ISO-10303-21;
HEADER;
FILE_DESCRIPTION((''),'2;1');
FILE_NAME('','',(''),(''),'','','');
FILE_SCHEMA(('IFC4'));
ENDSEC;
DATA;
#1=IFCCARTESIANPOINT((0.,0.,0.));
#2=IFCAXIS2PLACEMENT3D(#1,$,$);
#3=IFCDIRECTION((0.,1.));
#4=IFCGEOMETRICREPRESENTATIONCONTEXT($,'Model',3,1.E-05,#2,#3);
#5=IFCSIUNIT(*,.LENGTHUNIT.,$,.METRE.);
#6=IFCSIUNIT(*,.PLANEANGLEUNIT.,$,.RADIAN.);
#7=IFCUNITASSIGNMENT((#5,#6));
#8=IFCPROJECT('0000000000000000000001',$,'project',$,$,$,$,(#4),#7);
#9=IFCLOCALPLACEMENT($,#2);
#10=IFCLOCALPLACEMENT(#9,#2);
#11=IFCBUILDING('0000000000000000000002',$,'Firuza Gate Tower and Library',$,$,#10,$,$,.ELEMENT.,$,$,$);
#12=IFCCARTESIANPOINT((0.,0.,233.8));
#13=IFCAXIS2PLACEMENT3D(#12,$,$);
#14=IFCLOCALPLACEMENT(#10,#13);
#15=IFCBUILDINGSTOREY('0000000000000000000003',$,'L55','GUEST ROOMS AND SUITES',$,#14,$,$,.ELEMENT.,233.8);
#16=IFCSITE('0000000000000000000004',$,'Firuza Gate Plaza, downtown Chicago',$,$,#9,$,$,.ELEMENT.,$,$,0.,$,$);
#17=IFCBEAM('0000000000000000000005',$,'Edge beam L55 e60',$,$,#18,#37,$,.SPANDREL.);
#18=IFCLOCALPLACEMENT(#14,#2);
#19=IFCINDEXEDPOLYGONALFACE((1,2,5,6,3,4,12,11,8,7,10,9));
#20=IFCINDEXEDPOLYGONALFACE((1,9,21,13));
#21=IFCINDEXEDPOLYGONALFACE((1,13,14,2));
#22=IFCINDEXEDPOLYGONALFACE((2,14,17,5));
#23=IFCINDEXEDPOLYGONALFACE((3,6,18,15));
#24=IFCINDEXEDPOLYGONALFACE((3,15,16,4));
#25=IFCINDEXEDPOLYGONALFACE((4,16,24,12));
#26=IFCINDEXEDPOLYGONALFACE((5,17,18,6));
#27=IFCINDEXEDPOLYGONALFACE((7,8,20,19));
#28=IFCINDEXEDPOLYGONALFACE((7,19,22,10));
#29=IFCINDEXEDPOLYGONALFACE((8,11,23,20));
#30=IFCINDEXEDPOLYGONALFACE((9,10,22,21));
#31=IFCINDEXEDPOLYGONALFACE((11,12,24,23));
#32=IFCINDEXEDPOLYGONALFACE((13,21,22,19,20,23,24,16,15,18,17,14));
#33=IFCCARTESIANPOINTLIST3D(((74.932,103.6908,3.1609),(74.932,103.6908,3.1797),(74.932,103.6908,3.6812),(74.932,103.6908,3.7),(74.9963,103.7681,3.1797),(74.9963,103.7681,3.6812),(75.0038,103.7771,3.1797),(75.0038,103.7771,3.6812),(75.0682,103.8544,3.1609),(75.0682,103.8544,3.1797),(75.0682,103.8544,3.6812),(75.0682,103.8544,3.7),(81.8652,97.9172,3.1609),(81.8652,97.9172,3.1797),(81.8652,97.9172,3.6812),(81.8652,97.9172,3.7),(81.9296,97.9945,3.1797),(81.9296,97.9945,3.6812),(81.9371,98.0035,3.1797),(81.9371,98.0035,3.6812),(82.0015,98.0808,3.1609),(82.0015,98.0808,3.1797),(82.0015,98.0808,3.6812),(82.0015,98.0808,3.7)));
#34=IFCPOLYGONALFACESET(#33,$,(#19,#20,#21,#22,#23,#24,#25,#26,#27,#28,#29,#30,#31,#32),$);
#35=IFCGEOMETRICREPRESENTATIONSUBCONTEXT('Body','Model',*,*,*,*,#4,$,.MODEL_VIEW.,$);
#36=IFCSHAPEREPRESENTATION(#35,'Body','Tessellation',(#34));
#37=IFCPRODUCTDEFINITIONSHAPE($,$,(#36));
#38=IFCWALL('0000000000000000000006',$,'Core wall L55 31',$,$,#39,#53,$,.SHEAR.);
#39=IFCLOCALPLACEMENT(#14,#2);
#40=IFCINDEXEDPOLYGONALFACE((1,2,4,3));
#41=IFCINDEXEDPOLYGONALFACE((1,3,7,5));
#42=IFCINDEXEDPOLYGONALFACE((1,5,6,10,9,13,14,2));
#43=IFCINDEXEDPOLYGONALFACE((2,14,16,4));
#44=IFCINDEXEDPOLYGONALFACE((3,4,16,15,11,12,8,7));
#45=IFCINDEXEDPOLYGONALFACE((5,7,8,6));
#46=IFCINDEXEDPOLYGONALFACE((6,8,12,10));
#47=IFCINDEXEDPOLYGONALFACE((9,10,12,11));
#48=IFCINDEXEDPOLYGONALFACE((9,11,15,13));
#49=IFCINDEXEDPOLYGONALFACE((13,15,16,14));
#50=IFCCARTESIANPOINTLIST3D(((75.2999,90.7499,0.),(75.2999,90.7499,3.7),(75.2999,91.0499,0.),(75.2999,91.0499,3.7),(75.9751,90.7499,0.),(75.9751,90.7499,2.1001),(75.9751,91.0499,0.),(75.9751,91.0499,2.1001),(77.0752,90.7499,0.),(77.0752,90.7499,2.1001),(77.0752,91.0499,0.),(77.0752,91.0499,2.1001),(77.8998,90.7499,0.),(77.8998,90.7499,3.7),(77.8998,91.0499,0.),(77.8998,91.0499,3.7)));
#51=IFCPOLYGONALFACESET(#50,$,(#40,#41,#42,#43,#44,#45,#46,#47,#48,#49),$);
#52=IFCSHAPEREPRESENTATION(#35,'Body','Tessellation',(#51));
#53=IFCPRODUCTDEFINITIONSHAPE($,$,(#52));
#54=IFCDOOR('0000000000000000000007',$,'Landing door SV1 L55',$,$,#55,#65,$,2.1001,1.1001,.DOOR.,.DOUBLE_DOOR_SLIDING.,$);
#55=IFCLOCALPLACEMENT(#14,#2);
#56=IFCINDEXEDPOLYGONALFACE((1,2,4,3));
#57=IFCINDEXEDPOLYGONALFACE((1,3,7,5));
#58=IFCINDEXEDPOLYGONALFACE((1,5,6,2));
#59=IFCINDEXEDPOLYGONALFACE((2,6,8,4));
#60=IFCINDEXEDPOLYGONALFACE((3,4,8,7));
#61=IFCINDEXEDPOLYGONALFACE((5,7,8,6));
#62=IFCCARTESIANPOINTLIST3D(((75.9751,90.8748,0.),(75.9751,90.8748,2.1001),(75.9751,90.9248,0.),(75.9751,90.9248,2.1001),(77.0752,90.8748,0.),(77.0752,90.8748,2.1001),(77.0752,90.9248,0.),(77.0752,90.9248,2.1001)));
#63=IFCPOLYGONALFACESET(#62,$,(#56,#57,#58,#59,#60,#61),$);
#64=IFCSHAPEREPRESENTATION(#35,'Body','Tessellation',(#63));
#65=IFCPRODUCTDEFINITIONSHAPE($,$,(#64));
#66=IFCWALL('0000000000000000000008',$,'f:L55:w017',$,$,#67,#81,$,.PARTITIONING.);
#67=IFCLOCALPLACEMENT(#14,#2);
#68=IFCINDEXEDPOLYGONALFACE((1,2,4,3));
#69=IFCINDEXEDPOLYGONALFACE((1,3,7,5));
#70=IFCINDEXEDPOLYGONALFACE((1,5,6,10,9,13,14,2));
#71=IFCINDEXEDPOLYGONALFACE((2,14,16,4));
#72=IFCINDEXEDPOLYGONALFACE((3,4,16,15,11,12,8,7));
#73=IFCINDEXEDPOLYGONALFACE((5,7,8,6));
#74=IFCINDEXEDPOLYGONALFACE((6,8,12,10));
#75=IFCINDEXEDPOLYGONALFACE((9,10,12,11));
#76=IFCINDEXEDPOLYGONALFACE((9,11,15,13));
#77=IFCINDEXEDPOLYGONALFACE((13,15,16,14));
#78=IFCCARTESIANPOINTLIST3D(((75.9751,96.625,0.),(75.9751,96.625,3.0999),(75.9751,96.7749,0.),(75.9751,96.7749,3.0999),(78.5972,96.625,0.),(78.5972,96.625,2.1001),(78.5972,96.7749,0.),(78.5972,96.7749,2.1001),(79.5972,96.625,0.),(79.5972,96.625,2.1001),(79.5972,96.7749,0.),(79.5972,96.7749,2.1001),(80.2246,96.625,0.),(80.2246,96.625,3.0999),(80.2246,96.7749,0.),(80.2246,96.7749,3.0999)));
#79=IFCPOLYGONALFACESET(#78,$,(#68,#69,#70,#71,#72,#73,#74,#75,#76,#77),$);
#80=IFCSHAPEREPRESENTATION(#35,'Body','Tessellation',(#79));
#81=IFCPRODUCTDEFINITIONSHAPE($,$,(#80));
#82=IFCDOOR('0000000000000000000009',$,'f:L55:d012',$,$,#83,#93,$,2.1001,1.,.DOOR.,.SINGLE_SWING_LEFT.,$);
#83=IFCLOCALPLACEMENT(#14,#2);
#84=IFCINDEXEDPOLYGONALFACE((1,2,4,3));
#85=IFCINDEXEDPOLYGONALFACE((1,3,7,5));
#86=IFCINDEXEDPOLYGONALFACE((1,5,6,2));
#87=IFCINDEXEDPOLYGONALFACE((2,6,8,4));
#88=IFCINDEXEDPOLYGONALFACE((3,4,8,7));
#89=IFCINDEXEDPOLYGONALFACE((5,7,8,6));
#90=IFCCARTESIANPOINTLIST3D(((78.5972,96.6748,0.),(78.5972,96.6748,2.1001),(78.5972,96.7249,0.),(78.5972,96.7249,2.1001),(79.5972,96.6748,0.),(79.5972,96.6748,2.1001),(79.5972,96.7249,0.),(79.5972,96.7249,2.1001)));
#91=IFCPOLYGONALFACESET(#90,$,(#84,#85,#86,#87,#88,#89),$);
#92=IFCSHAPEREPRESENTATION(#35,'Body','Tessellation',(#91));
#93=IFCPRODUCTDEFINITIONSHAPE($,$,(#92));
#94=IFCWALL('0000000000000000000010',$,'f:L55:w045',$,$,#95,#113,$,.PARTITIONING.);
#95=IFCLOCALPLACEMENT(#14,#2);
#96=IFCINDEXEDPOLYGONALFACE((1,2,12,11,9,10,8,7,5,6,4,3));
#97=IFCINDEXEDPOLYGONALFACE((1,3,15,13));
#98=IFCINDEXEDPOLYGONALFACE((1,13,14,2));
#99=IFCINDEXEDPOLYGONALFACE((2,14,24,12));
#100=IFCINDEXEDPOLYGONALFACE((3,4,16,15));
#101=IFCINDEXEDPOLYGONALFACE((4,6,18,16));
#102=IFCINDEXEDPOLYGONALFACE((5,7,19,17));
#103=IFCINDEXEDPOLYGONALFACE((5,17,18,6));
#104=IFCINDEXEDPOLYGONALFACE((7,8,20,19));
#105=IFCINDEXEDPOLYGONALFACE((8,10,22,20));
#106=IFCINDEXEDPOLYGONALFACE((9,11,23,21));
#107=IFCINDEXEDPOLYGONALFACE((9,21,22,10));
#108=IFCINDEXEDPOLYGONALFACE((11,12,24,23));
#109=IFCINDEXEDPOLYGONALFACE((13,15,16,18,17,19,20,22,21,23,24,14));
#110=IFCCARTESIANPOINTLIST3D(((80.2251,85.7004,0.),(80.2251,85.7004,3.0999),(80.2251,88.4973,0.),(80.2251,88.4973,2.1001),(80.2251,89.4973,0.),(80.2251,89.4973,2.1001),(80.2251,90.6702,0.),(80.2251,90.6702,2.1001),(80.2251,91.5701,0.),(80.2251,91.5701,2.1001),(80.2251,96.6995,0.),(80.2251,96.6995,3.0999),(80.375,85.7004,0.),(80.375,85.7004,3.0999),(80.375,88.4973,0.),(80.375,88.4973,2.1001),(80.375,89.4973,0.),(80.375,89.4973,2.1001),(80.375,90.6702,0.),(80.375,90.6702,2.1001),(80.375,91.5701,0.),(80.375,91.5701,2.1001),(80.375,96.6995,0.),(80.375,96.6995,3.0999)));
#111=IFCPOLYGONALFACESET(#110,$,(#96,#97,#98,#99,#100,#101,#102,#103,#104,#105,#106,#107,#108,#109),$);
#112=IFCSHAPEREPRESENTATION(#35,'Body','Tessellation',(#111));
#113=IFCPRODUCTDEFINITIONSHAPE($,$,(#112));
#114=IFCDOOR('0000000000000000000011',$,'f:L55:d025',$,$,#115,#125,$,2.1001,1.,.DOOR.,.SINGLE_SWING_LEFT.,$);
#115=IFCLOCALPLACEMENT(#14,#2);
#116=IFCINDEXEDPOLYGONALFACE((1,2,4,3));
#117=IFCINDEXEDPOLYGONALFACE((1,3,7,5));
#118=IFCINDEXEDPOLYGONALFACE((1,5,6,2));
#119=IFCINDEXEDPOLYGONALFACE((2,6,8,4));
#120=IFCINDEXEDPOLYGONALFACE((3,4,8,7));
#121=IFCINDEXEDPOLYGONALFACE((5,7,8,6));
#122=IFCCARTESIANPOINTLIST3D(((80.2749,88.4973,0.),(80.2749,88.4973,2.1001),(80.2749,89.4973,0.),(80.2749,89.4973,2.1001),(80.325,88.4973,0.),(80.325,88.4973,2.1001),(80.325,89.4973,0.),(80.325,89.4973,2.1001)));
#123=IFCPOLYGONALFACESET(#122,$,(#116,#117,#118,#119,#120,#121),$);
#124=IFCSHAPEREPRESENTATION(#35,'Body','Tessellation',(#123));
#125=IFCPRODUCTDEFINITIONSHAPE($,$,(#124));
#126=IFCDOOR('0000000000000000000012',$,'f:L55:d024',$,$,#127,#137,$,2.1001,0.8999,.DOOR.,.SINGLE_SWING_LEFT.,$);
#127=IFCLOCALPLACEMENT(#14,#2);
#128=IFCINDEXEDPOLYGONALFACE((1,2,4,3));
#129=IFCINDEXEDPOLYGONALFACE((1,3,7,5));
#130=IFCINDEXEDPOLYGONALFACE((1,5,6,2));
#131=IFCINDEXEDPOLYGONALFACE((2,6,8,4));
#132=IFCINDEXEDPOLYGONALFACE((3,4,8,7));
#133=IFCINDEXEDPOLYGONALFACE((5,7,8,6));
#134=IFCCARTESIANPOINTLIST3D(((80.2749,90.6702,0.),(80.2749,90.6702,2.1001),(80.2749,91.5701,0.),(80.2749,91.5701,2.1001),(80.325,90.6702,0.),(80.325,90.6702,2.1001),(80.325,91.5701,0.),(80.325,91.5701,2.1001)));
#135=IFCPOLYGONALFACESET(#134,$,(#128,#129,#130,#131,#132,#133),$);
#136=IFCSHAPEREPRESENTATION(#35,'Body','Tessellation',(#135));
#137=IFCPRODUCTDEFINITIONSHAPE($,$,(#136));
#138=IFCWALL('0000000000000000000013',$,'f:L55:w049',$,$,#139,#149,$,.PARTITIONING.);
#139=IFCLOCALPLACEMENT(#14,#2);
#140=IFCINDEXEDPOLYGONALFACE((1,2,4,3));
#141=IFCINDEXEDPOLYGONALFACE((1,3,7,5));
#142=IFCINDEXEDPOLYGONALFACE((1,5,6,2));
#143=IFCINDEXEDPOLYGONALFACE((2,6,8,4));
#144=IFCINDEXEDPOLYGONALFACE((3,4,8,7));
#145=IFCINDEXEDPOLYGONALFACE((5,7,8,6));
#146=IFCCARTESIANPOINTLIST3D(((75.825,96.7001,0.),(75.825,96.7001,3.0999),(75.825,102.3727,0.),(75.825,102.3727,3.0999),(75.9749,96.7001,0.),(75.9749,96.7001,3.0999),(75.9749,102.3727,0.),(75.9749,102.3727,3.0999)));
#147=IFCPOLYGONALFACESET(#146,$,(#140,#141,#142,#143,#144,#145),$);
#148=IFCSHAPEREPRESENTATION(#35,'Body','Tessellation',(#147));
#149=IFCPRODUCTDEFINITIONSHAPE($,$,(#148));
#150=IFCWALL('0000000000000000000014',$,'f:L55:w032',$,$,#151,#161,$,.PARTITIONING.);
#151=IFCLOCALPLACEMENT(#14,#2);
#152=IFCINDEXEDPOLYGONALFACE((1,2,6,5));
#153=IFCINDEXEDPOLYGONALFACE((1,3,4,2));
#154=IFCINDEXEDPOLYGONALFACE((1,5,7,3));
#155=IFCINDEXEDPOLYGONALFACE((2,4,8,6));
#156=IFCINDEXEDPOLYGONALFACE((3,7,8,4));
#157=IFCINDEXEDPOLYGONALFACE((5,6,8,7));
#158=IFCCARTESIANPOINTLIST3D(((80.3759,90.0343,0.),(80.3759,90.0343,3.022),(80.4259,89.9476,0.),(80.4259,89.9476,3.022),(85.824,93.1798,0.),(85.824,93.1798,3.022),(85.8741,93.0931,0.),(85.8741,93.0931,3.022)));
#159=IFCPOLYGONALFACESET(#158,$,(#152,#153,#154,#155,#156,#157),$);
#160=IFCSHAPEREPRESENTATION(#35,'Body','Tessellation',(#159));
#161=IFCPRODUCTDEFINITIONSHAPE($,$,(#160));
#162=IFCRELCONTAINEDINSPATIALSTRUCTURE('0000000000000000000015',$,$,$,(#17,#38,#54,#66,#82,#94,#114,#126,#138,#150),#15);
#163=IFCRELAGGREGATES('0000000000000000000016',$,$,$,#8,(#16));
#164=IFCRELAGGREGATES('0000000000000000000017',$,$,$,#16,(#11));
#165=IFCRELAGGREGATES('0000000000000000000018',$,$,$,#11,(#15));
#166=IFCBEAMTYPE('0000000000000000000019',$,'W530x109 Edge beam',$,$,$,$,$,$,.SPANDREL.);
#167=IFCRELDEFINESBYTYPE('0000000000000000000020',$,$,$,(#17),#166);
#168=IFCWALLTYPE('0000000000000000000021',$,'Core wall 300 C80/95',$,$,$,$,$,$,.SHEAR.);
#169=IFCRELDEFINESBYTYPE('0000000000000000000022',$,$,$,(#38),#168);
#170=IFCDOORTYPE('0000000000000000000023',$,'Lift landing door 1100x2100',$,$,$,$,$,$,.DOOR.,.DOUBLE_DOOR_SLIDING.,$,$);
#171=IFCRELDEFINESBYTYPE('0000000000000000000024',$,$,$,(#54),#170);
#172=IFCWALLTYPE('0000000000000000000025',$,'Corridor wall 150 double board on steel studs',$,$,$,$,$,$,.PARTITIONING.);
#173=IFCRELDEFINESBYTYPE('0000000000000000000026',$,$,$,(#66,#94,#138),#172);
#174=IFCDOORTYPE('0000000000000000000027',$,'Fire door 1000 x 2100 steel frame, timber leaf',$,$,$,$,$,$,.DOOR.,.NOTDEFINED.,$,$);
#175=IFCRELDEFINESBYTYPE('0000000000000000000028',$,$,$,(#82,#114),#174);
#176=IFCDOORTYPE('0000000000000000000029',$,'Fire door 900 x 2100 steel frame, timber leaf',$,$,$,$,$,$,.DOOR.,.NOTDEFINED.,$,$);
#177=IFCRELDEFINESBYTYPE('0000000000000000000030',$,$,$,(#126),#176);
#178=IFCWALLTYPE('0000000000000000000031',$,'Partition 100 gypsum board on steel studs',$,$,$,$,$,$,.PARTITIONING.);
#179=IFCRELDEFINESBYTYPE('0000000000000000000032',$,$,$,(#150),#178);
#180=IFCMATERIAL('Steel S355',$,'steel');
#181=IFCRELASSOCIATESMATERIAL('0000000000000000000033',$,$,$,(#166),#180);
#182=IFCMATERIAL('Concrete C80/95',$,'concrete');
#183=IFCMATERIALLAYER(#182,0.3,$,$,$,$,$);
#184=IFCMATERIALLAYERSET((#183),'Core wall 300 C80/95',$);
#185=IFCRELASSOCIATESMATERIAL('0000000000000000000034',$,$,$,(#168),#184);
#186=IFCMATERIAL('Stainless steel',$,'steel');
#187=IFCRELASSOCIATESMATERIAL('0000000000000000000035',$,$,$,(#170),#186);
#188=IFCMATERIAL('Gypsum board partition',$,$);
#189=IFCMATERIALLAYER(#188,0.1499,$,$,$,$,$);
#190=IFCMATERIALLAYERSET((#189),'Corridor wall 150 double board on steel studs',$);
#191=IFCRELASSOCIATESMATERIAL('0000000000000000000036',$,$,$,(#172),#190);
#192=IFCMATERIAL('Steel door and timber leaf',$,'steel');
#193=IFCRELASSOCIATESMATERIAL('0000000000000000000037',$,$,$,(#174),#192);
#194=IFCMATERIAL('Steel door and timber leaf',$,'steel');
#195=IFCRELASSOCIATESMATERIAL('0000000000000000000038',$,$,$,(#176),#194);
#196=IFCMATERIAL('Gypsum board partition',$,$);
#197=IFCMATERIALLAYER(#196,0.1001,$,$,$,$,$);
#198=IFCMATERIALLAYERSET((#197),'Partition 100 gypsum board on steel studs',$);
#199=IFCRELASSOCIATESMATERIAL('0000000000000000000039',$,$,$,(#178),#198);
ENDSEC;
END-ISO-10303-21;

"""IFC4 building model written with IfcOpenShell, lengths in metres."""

from ifc_helpers import new_model, si_unit, direction, frame, frame_2d, origin, origin_2d, place, context, subcontext, project, spatial, rectangle, i_section, extrude, material, layer, layer_set, material_profile, profile_set, type_object, element, fill, save


model = new_model("IFC4")

# Units and contexts
model_context = context("Model", 3, precision=1e-05, world=origin(), true_north=direction((0.0, 1.0)))
body_context = subcontext(model_context, "Body", "Model", "MODEL_VIEW")
ifc_project = project(units=[si_unit("LENGTHUNIT", "METRE"), si_unit("PLANEANGLEUNIT", "RADIAN")], contexts=[model_context])

# Site, building, storey
site_placement = place(None, origin())
site = spatial("IfcSite", under=ifc_project, at=site_placement, Name="Firuza Gate Plaza, downtown Chicago", CompositionType="ELEMENT", RefElevation=0.0)
building_placement = place(site_placement, origin())
building = spatial("IfcBuilding", under=site, at=building_placement, Name="Firuza Gate Tower and Library", CompositionType="ELEMENT")
storey_placement = place(building_placement, frame((0.0, 0.0, 233.8)))
storey = spatial("IfcBuildingStorey", under=building, at=storey_placement, Name="L55", Description="GUEST ROOMS AND SUITES", CompositionType="ELEMENT", Elevation=233.8)

# Beam
ifc_material_1 = material(Name="Steel S355", Category="steel")
ifc_material_profile_1 = material_profile(ifc_material_1, i_section(OverallWidth=0.2129, OverallDepth=0.5391, WebThickness=0.0117, FlangeThickness=0.0188, at=origin_2d()))
ifc_profile_set_1 = profile_set([ifc_material_profile_1], Name="Steel S355")
beam_type_1 = type_object("IfcBeamType", Name="W530x109 Edge beam", PredefinedType="SPANDREL", material=ifc_profile_set_1)
beam_1_placement = place(storey_placement, frame((81.9333, 97.999, 3.4304), z_axis=(-0.768445, 0.639916, 0.0), x_axis=(-0.639916, -0.768445, 0.0)))
element("IfcBeam", 1, at=beam_1_placement, inside=storey, type_object=beam_type_1, Name="Edge beam L55 e60", PredefinedType="SPANDREL", context=body_context, shape_type="SweptSolid", body=[
    extrude(i_section(OverallWidth=0.2129, OverallDepth=0.5391, WebThickness=0.0117, FlangeThickness=0.0188, at=origin_2d()), origin(), (0.0, 0.0, 1.0), 9.0225),
])

# Walls, openings, doors
ifc_material_2 = material(Name="Concrete C80/95", Category="concrete")
ifc_layer_1 = layer(ifc_material_2, 0.3)
ifc_layer_set_1 = layer_set([ifc_layer_1], Name="Core wall 300 C80/95")
wall_type_1 = type_object("IfcWallType", Name="Core wall 300 C80/95", PredefinedType="SHEAR", material=ifc_layer_set_1)
wall_1_placement = place(storey_placement, frame((75.3, 90.8999, 0.0), z_axis=(0.0, 0.0, 1.0), x_axis=(1.0, 0.0, 0.0)))
wall_1 = element("IfcWall", 2, at=wall_1_placement, inside=storey, type_object=wall_type_1, Name="Core wall L55 31", PredefinedType="SHEAR", context=body_context, shape_type="SweptSolid", body=[
    extrude(rectangle(XDim=2.5999, YDim=0.3, at=frame_2d((1.2998, 0.0))), origin(), (0.0, 0.0, 1.0), 3.7),
])
opening_1_placement = place(wall_1_placement, frame((0.675, 0.0, 0.0)))
opening_1 = element("IfcOpeningElement", 3, at=opening_1_placement, cuts=wall_1, PredefinedType="OPENING", context=body_context, shape_type="SweptSolid", body=[
    extrude(rectangle(XDim=1.1001, YDim=2.1001, at=frame_2d((0.55, 1.05))), frame((0.0, 0.1602, 0.0), z_axis=(0.0, -1.0, 0.0), x_axis=(1.0, 0.0, 0.0)), (0.0, 0.0, 1.0), 0.3201),
])
ifc_material_3 = material(Name="Stainless steel", Category="steel")
door_type_1 = type_object("IfcDoorType", Name="Lift landing door 1100x2100", OperationType="DOUBLE_DOOR_SLIDING", PredefinedType="DOOR", material=ifc_material_3)
door_1_placement = place(opening_1_placement, origin())
door_1 = element("IfcDoor", 4, at=door_1_placement, inside=storey, type_object=door_type_1, Name="Landing door SV1 L55", OperationType="DOUBLE_DOOR_SLIDING", OverallHeight=2.1001, OverallWidth=1.1001, PredefinedType="DOOR", context=body_context, shape_type="SweptSolid", body=[
    extrude(rectangle(XDim=1.1001, YDim=2.1001, at=frame_2d((0.55, 1.05))), frame((0.0, 0.0249, 0.0), z_axis=(0.0, -1.0, 0.0), x_axis=(1.0, 0.0, 0.0)), (0.0, 0.0, 1.0), 0.05),
])
fill(opening_1, door_1)
ifc_material_4 = material(Name="Gypsum board partition")
ifc_layer_2 = layer(ifc_material_4, 0.1499)
ifc_layer_set_2 = layer_set([ifc_layer_2], Name="Corridor wall 150 double board on steel studs")
wall_type_2 = type_object("IfcWallType", Name="Corridor wall 150 double board on steel studs", PredefinedType="PARTITIONING", material=ifc_layer_set_2)
wall_2_placement = place(storey_placement, frame((75.9751, 96.7, 0.0), z_axis=(0.0, 0.0, 1.0), x_axis=(1.0, 0.0, 0.0)))
wall_2 = element("IfcWall", 5, at=wall_2_placement, inside=storey, type_object=wall_type_2, Name="f:L55:w017", PredefinedType="PARTITIONING", context=body_context, shape_type="SweptSolid", body=[
    extrude(rectangle(XDim=4.2495, YDim=0.1499, at=frame_2d((2.1248, 0.0))), origin(), (0.0, 0.0, 1.0), 3.0999),
])
opening_2_placement = place(wall_2_placement, frame((2.6221, 0.0, 0.0)))
opening_2 = element("IfcOpeningElement", 6, at=opening_2_placement, cuts=wall_2, PredefinedType="OPENING", context=body_context, shape_type="SweptSolid", body=[
    extrude(rectangle(XDim=1.0, YDim=2.1001, at=frame_2d((0.5, 1.05))), frame((0.0, 0.085, 0.0), z_axis=(0.0, -1.0, 0.0), x_axis=(1.0, 0.0, 0.0)), (0.0, 0.0, 1.0), 0.1699),
])
ifc_material_5 = material(Name="Steel door and timber leaf", Category="steel")
door_type_2 = type_object("IfcDoorType", Name="Fire door 1000 x 2100 steel frame, timber leaf", OperationType="NOTDEFINED", PredefinedType="DOOR", material=ifc_material_5)
door_2_placement = place(opening_2_placement, origin())
door_2 = element("IfcDoor", 7, at=door_2_placement, inside=storey, type_object=door_type_2, Name="f:L55:d012", OperationType="SINGLE_SWING_LEFT", OverallHeight=2.1001, OverallWidth=1.0, PredefinedType="DOOR", context=body_context, shape_type="SweptSolid", body=[
    extrude(rectangle(XDim=1.0, YDim=2.1001, at=frame_2d((0.5, 1.05))), frame((0.0, 0.0249, 0.0), z_axis=(0.0, -1.0, 0.0), x_axis=(1.0, 0.0, 0.0)), (0.0, 0.0, 1.0), 0.05),
])
fill(opening_2, door_2)

# Wall, openings, doors
wall_3_placement = place(storey_placement, frame((80.3, 96.6995, 0.0), z_axis=(0.0, 0.0, 1.0), x_axis=(0.0, -1.0, 0.0)))
wall_3 = element("IfcWall", 8, at=wall_3_placement, inside=storey, type_object=wall_type_2, Name="f:L55:w045", PredefinedType="PARTITIONING", context=body_context, shape_type="SweptSolid", body=[
    extrude(rectangle(XDim=10.999, YDim=0.1499, at=frame_2d((5.4995, 0.0))), origin(), (0.0, 0.0, 1.0), 3.0999),
])
opening_3_placement = place(wall_3_placement, frame((5.1294, 0.0, 0.0)))
opening_3 = element("IfcOpeningElement", 9, at=opening_3_placement, cuts=wall_3, PredefinedType="OPENING", context=body_context, shape_type="SweptSolid", body=[
    extrude(rectangle(XDim=0.8999, YDim=2.1001, at=frame_2d((0.45, 1.05))), frame((0.0, 0.085, 0.0), z_axis=(0.0, -1.0, 0.0), x_axis=(1.0, 0.0, 0.0)), (0.0, 0.0, 1.0), 0.1699),
])
opening_4_placement = place(wall_3_placement, frame((7.2021, 0.0, 0.0)))
opening_4 = element("IfcOpeningElement", 10, at=opening_4_placement, cuts=wall_3, PredefinedType="OPENING", context=body_context, shape_type="SweptSolid", body=[
    extrude(rectangle(XDim=1.0, YDim=2.1001, at=frame_2d((0.5, 1.05))), frame((0.0, 0.085, 0.0), z_axis=(0.0, -1.0, 0.0), x_axis=(1.0, 0.0, 0.0)), (0.0, 0.0, 1.0), 0.1699),
])
door_3_placement = place(opening_4_placement, origin())
door_3 = element("IfcDoor", 11, at=door_3_placement, inside=storey, type_object=door_type_2, Name="f:L55:d025", OperationType="SINGLE_SWING_LEFT", OverallHeight=2.1001, OverallWidth=1.0, PredefinedType="DOOR", context=body_context, shape_type="SweptSolid", body=[
    extrude(rectangle(XDim=1.0, YDim=2.1001, at=frame_2d((0.5, 1.05))), frame((0.0, 0.0249, 0.0), z_axis=(0.0, -1.0, 0.0), x_axis=(1.0, 0.0, 0.0)), (0.0, 0.0, 1.0), 0.05),
])
fill(opening_4, door_3)
ifc_material_6 = material(Name="Steel door and timber leaf", Category="steel")
door_type_3 = type_object("IfcDoorType", Name="Fire door 900 x 2100 steel frame, timber leaf", OperationType="NOTDEFINED", PredefinedType="DOOR", material=ifc_material_6)
door_4_placement = place(opening_3_placement, origin())
door_4 = element("IfcDoor", 12, at=door_4_placement, inside=storey, type_object=door_type_3, Name="f:L55:d024", OperationType="SINGLE_SWING_LEFT", OverallHeight=2.1001, OverallWidth=0.8999, PredefinedType="DOOR", context=body_context, shape_type="SweptSolid", body=[
    extrude(rectangle(XDim=0.8999, YDim=2.1001, at=frame_2d((0.45, 1.05))), frame((0.0, 0.0249, 0.0), z_axis=(0.0, -1.0, 0.0), x_axis=(1.0, 0.0, 0.0)), (0.0, 0.0, 1.0), 0.05),
])
fill(opening_3, door_4)

# Walls
wall_4_placement = place(storey_placement, frame((75.8999, 96.7, 0.0), z_axis=(0.0, 0.0, 1.0), x_axis=(0.0, 1.0, 0.0)))
element("IfcWall", 13, at=wall_4_placement, inside=storey, type_object=wall_type_2, Name="f:L55:w049", PredefinedType="PARTITIONING", context=body_context, shape_type="SweptSolid", body=[
    extrude(rectangle(XDim=5.6726, YDim=0.1499, at=frame_2d((2.8364, 0.0))), origin(), (0.0, 0.0, 1.0), 3.0999),
])
ifc_material_7 = material(Name="Gypsum board partition")
ifc_layer_3 = layer(ifc_material_7, 0.1001)
ifc_layer_set_3 = layer_set([ifc_layer_3], Name="Partition 100 gypsum board on steel studs")
wall_type_3 = type_object("IfcWallType", Name="Partition 100 gypsum board on steel studs", PredefinedType="PARTITIONING", material=ifc_layer_set_3)
wall_5_placement = place(storey_placement, frame((80.4009, 89.991, 0.0), z_axis=(0.0, 0.0, 1.0), x_axis=(0.866028, 0.499996, 0.0)))
element("IfcWall", 14, at=wall_5_placement, inside=storey, type_object=wall_type_3, Name="f:L55:w032", PredefinedType="PARTITIONING", context=body_context, shape_type="SweptSolid", body=[
    extrude(rectangle(XDim=6.291, YDim=0.1001, at=frame_2d((3.1455, 0.0))), origin(), (0.0, 0.0, 1.0), 3.022),
])

save(model, "model.ifc")
